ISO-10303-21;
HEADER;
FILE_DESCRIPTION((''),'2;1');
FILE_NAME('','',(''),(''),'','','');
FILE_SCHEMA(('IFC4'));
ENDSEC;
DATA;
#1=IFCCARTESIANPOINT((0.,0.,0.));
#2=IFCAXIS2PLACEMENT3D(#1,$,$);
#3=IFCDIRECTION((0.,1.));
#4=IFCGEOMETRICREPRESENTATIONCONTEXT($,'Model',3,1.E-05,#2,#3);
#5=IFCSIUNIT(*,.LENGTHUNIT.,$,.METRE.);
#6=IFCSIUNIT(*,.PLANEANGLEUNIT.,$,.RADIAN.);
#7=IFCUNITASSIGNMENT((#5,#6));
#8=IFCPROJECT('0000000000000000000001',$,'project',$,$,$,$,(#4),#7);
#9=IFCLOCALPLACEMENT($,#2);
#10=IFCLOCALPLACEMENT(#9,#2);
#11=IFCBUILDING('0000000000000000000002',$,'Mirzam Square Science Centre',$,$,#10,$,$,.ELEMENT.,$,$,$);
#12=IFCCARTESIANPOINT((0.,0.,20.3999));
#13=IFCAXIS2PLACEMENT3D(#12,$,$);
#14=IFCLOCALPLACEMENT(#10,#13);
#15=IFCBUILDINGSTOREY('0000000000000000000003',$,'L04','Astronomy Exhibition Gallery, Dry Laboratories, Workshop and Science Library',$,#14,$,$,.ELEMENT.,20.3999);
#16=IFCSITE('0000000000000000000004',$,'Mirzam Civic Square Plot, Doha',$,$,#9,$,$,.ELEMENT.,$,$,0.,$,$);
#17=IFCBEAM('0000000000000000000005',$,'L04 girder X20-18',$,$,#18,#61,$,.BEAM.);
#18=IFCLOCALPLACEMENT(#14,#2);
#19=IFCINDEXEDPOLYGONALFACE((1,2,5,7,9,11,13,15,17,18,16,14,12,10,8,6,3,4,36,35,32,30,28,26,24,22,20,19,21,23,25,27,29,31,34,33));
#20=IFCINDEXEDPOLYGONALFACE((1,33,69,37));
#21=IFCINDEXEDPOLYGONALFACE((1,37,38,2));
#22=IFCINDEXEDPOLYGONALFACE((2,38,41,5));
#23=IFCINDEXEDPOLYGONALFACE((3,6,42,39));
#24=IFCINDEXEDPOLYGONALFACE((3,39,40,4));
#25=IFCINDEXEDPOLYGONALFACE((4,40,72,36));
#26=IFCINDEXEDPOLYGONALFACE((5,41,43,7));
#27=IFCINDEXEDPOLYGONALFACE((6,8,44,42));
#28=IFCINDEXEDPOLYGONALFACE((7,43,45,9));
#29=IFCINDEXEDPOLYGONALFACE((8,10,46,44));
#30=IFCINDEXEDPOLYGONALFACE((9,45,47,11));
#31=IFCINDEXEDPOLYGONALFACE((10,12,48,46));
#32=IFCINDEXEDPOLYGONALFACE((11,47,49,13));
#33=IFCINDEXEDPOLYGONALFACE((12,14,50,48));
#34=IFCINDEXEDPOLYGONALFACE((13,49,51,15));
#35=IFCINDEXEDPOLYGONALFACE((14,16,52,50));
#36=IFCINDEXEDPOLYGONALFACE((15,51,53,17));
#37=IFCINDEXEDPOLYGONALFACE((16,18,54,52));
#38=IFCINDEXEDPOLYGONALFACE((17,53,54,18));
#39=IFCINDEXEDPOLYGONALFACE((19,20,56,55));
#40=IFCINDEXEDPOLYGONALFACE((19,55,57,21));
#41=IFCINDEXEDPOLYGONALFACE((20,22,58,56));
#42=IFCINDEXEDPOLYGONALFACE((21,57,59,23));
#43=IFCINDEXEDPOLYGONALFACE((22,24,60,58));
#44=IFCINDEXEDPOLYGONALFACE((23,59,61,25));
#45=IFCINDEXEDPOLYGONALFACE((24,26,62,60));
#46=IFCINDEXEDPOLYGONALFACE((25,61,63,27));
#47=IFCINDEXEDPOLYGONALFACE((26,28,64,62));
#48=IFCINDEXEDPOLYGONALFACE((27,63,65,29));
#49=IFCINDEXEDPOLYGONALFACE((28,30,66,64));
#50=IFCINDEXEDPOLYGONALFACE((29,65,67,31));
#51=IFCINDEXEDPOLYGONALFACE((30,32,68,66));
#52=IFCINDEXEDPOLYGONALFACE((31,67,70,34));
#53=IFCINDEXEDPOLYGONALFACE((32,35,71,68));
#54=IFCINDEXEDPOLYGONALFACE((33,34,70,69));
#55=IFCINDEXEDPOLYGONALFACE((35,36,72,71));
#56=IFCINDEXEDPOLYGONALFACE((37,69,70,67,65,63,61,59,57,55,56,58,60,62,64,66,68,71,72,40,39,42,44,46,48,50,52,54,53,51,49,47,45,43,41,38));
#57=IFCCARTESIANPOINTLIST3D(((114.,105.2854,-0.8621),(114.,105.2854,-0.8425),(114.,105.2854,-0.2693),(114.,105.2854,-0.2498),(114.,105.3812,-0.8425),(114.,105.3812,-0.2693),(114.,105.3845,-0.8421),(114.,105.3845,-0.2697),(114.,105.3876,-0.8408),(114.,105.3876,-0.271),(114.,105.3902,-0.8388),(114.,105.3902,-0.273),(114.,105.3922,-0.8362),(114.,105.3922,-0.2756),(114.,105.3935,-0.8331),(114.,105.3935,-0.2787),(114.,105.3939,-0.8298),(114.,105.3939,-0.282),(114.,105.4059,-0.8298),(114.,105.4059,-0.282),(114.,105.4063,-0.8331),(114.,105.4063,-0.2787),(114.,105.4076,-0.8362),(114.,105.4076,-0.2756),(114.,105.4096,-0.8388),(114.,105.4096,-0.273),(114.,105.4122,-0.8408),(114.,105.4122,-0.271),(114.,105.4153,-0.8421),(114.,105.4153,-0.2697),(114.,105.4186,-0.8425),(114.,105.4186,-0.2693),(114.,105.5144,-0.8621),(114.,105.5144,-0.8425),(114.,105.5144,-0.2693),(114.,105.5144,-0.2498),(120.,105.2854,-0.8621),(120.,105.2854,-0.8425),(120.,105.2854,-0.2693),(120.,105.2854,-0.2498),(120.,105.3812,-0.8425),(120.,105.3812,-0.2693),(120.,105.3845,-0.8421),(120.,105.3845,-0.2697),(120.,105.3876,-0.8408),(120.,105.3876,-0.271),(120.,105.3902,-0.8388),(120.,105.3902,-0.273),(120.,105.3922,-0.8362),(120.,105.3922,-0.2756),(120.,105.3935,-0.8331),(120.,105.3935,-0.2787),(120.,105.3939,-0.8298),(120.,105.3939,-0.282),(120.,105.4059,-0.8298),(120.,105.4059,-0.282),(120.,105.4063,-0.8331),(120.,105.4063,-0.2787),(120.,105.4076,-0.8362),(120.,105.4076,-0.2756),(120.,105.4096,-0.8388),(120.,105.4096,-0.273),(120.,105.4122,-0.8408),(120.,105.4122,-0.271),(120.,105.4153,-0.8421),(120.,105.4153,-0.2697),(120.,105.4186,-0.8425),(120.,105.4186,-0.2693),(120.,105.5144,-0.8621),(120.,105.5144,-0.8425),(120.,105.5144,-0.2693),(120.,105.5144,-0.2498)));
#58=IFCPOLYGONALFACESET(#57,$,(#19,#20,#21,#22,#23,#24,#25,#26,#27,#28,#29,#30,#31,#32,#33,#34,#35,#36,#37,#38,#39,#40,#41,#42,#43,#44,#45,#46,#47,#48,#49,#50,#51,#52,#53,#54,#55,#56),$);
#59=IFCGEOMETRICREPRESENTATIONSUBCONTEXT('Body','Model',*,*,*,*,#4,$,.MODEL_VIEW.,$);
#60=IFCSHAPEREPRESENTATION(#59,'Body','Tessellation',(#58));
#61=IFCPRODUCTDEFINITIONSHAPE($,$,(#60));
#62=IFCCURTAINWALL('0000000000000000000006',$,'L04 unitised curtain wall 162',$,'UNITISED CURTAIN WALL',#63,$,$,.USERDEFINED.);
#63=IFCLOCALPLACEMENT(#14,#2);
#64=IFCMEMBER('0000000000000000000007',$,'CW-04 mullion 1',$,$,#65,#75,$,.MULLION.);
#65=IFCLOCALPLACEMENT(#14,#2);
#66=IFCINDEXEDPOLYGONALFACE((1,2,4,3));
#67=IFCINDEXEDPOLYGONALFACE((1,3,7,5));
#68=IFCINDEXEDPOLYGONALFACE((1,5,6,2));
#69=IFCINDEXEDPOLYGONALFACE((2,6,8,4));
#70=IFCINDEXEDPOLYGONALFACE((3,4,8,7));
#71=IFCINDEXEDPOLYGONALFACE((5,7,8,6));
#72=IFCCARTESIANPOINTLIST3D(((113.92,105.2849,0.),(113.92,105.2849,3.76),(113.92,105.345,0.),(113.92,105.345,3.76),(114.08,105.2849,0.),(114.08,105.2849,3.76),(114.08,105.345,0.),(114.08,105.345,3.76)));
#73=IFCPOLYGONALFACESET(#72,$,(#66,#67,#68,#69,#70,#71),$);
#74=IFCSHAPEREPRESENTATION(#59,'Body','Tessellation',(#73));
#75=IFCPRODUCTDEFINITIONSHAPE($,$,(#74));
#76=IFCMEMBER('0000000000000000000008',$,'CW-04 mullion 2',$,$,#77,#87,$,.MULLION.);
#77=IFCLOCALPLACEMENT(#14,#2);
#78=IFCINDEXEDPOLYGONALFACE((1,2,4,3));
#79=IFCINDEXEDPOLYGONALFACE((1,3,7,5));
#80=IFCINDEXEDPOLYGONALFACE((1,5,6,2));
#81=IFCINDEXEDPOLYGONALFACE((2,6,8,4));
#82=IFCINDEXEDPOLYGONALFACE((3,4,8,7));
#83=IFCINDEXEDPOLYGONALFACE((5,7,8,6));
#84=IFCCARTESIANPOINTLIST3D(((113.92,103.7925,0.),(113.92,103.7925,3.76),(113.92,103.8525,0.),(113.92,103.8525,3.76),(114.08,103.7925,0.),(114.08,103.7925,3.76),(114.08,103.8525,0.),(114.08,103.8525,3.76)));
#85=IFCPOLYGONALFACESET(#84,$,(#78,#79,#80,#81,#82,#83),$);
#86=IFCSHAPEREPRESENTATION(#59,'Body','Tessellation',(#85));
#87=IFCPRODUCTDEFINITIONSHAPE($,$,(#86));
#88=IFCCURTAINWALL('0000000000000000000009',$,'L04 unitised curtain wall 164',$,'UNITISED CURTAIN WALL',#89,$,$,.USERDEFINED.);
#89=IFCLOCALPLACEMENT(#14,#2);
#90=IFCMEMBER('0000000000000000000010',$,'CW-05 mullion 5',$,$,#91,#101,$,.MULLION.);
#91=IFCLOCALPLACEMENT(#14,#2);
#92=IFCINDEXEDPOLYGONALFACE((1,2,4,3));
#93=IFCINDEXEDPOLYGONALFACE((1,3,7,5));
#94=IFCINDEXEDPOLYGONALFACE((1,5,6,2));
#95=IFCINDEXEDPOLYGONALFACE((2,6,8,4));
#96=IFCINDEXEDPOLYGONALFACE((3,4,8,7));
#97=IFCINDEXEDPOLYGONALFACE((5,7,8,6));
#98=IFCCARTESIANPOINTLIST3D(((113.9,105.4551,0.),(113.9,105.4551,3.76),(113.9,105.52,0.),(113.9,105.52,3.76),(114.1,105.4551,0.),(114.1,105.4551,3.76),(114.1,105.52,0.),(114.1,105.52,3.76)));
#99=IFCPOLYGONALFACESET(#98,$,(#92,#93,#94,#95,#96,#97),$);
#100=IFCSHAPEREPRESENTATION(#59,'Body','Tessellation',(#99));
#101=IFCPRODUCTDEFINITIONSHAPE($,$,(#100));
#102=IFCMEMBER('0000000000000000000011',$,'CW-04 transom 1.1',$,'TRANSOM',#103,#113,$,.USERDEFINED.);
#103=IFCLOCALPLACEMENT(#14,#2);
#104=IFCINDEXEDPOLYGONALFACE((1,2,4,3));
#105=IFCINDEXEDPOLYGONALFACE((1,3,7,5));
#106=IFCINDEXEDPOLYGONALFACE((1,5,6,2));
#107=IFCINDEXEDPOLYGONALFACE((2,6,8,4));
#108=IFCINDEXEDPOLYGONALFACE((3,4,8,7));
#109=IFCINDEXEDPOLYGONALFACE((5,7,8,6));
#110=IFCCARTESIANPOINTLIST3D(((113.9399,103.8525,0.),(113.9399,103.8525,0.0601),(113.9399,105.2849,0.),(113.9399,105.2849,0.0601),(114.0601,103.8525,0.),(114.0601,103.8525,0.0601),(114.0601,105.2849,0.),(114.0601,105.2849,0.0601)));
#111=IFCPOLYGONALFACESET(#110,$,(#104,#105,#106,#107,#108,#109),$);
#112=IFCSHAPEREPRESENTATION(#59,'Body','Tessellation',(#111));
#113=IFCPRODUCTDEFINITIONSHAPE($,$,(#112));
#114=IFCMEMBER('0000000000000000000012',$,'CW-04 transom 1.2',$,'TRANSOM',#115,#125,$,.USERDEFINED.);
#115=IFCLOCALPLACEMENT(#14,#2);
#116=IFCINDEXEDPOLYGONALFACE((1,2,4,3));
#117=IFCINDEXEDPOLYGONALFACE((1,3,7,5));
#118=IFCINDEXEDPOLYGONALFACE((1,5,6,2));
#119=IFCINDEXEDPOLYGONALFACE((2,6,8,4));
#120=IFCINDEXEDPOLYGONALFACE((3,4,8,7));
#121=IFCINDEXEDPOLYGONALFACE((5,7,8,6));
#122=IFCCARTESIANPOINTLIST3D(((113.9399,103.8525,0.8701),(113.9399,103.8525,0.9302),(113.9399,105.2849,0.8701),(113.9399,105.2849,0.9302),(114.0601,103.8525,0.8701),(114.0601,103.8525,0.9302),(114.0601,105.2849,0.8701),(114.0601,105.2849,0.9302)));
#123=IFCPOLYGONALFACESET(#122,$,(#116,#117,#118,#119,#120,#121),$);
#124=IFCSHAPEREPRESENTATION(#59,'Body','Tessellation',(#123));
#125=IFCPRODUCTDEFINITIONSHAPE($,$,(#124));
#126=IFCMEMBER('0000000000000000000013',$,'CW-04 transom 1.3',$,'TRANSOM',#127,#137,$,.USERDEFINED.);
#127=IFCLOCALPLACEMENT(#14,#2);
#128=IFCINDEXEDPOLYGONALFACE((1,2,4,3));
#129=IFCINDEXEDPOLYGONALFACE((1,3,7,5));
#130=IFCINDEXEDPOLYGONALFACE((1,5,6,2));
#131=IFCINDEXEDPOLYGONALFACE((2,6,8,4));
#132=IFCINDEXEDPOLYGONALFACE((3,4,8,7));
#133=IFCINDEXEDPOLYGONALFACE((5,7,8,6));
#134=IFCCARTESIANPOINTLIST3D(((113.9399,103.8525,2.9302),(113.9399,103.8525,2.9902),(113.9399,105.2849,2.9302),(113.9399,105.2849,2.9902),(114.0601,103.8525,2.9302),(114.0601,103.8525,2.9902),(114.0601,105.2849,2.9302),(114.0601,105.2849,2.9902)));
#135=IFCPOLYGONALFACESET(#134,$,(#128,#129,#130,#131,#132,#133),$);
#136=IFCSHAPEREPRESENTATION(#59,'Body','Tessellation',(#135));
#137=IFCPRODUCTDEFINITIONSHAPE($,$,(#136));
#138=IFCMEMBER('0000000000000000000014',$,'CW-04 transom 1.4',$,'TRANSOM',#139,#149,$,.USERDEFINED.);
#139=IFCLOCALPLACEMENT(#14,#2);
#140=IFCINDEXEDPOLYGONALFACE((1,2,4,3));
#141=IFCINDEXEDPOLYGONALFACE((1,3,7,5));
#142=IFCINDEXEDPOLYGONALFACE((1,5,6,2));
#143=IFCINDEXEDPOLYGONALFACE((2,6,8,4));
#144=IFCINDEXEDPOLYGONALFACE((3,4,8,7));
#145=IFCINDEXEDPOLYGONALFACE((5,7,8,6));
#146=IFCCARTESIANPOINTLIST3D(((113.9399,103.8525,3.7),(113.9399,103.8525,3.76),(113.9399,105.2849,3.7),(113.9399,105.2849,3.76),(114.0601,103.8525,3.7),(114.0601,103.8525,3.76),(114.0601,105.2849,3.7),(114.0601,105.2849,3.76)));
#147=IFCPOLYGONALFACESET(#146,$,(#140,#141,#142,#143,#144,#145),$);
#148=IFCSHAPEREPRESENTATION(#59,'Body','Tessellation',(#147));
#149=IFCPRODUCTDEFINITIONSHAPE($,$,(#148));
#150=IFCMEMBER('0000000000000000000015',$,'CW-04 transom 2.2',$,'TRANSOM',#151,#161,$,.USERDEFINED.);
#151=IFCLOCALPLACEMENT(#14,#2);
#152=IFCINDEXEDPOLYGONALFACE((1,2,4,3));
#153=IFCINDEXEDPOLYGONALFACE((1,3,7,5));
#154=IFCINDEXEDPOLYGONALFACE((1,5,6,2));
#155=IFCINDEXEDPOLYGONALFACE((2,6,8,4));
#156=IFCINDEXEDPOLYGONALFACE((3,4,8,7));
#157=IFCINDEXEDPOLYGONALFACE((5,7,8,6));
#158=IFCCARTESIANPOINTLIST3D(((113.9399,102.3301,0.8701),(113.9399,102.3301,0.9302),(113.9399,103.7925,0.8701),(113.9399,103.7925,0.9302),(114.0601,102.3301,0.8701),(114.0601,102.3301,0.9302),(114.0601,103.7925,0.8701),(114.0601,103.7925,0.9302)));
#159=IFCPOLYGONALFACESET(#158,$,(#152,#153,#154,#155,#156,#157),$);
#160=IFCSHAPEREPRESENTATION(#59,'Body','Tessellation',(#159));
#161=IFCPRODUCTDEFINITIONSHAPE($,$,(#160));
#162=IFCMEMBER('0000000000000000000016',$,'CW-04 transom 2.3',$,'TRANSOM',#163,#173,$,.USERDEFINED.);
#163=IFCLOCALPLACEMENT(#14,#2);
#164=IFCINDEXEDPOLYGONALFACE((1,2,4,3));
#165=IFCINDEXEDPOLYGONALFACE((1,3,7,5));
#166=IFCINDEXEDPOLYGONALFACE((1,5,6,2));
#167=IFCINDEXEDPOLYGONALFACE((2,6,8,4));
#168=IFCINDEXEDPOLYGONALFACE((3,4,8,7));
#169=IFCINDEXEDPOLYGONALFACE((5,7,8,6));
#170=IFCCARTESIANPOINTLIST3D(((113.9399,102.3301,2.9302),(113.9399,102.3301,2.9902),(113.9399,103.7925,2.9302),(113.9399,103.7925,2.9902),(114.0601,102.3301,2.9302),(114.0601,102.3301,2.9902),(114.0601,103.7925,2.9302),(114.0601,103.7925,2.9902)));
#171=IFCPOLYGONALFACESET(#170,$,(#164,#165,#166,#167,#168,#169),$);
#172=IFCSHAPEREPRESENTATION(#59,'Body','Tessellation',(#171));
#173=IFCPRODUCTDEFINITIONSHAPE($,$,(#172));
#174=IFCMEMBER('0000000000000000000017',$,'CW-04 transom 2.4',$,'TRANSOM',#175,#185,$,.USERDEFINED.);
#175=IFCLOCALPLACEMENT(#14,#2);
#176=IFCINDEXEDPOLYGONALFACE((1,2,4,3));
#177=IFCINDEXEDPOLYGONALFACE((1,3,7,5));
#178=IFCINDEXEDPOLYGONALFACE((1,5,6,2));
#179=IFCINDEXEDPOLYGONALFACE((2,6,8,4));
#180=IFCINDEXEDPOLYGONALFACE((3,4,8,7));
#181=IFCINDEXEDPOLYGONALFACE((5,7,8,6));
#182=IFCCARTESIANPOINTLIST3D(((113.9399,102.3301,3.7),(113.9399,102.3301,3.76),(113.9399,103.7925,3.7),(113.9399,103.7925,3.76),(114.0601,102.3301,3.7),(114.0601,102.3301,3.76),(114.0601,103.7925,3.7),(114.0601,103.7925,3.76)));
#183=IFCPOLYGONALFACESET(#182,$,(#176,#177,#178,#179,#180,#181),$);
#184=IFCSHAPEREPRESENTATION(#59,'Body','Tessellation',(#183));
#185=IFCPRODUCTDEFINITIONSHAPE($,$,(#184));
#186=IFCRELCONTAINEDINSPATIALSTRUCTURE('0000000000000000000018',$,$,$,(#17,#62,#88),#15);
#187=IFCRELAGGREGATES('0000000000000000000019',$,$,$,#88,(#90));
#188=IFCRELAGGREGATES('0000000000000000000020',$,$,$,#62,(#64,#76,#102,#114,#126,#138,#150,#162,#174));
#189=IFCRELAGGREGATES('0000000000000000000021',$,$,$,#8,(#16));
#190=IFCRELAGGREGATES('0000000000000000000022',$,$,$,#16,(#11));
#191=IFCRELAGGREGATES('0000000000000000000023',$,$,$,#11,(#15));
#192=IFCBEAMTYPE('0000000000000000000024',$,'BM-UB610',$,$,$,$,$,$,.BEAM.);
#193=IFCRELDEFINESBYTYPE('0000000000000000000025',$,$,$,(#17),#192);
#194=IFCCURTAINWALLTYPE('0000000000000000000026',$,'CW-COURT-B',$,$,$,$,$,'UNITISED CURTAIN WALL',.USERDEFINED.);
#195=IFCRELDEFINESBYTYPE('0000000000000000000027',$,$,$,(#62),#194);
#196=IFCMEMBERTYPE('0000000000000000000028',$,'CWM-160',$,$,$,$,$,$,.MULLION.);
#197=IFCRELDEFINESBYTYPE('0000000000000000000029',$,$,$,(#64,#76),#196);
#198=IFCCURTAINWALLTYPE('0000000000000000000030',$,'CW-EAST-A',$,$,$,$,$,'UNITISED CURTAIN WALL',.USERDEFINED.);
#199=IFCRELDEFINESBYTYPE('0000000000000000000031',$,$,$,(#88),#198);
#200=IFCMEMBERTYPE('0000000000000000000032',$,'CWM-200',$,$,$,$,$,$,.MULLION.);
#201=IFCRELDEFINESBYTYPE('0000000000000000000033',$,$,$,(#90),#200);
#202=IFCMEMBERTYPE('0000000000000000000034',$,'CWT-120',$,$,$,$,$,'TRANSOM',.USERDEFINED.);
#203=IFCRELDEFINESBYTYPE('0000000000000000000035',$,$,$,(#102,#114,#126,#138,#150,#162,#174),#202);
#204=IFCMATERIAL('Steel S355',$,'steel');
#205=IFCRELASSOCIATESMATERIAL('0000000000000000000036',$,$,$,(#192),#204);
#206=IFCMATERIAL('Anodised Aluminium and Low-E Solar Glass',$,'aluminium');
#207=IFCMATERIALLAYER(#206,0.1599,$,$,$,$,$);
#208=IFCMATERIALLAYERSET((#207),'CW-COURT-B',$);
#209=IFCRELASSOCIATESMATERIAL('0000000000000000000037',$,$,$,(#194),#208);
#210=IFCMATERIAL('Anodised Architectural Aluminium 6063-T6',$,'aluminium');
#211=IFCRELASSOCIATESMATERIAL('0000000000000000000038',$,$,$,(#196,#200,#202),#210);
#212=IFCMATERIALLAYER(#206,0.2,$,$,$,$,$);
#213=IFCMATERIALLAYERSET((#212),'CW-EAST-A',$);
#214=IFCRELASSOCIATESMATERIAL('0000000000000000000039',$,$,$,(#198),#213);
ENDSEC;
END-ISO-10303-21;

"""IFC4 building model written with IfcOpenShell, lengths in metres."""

from ifc_helpers import new_model, si_unit, direction, frame, origin, origin_2d, place, context, subcontext, project, spatial, rectangle, i_section, extrude, material, layer, layer_set, material_profile, profile_set, type_object, element, aggregate, save


model = new_model("IFC4")

# Units and contexts
model_context = context("Model", 3, precision=1e-05, world=origin(), true_north=direction((0.0, 1.0)))
body_context = subcontext(model_context, "Body", "Model", "MODEL_VIEW")
ifc_project = project(units=[si_unit("LENGTHUNIT", "METRE"), si_unit("PLANEANGLEUNIT", "RADIAN")], contexts=[model_context])

# Site, building, storey
site_placement = place(None, origin())
site = spatial("IfcSite", under=ifc_project, at=site_placement, Name="Mirzam Civic Square Plot, Doha", CompositionType="ELEMENT", RefElevation=0.0)
building_placement = place(site_placement, origin())
building = spatial("IfcBuilding", under=site, at=building_placement, Name="Mirzam Square Science Centre", CompositionType="ELEMENT")
storey_placement = place(building_placement, frame((0.0, 0.0, 20.3999)))
storey = spatial("IfcBuildingStorey", under=building, at=storey_placement, Name="L04", Description="Astronomy Exhibition Gallery, Dry Laboratories, Workshop and Science Library", CompositionType="ELEMENT", Elevation=20.3999)

# Shared definitions
ifc_material_1 = material(Name="Steel S355", Category="steel")

# Beam
ifc_material_profile_1 = material_profile(ifc_material_1, i_section(OverallWidth=0.229, OverallDepth=0.6123, WebThickness=0.012, FlangeThickness=0.0195, FilletRadius=0.0127, at=origin_2d()), Name="610x229x125UB")
ifc_profile_set_1 = profile_set([ifc_material_profile_1], Name="Steel S355")
beam_type_1 = type_object("IfcBeamType", Name="BM-UB610", PredefinedType="BEAM", material=ifc_profile_set_1)
beam_1_placement = place(storey_placement, frame((114.0, 105.3999, -0.5559), z_axis=(1.0, 0.0, 0.0), x_axis=(0.0, 1.0, 0.0)))
element("IfcBeam", 1, at=beam_1_placement, inside=storey, type_object=beam_type_1, Name="L04 girder X20-18", PredefinedType="BEAM", context=body_context, shape_type="SweptSolid", body=[
    extrude(i_section(OverallWidth=0.229, OverallDepth=0.6123, WebThickness=0.012, FlangeThickness=0.0195, FilletRadius=0.0127, at=origin_2d()), origin(), (0.0, 0.0, 1.0), 6.0),
])

# Curtain wall, members
ifc_material_2 = material(Name="Anodised Aluminium and Low-E Solar Glass", Category="aluminium")
ifc_layer_1 = layer(ifc_material_2, 0.1599)
ifc_layer_set_1 = layer_set([ifc_layer_1], Name="CW-COURT-B")
curtain_wall_type_1 = type_object("IfcCurtainWallType", Name="CW-COURT-B", ElementType="UNITISED CURTAIN WALL", PredefinedType="USERDEFINED", material=ifc_layer_set_1)
curtain_wall_1_placement = place(storey_placement, origin())
curtain_wall_1 = element("IfcCurtainWall", 2, at=curtain_wall_1_placement, inside=storey, type_object=curtain_wall_type_1, Name="L04 unitised curtain wall 162", ObjectType="UNITISED CURTAIN WALL", PredefinedType="USERDEFINED")
ifc_material_3 = material(Name="Anodised Architectural Aluminium 6063-T6", Category="aluminium")
ifc_material_profile_2 = material_profile(ifc_material_3, rectangle(XDim=0.0601, YDim=0.1599, at=origin_2d()), Name="ALU-MULL-160x60x4")
ifc_profile_set_2 = profile_set([ifc_material_profile_2], Name="Anodised Architectural Aluminium 6063-T6")
member_type_1 = type_object("IfcMemberType", Name="CWM-160", PredefinedType="MULLION", material=ifc_profile_set_2)
member_1_placement = place(storey_placement, frame((114.0, 105.3149, 0.0), z_axis=(0.0, 0.0, 1.0), x_axis=(0.0, -1.0, 0.0)))
member_1 = element("IfcMember", 3, at=member_1_placement, type_object=member_type_1, Name="CW-04 mullion 1", PredefinedType="MULLION", context=body_context, shape_type="SweptSolid", body=[
    extrude(rectangle(XDim=0.0601, YDim=0.1599, at=origin_2d()), origin(), (0.0, 0.0, 1.0), 3.76),
])
member_2_placement = place(storey_placement, frame((114.0, 103.8225, 0.0), z_axis=(0.0, 0.0, 1.0), x_axis=(0.0, -1.0, 0.0)))
member_2 = element("IfcMember", 4, at=member_2_placement, type_object=member_type_1, Name="CW-04 mullion 2", PredefinedType="MULLION", context=body_context, shape_type="SweptSolid", body=[
    extrude(rectangle(XDim=0.0601, YDim=0.1599, at=origin_2d()), origin(), (0.0, 0.0, 1.0), 3.76),
])

# Curtain wall, member
ifc_layer_2 = layer(ifc_material_2, 0.2)
ifc_layer_set_2 = layer_set([ifc_layer_2], Name="CW-EAST-A")
curtain_wall_type_2 = type_object("IfcCurtainWallType", Name="CW-EAST-A", ElementType="UNITISED CURTAIN WALL", PredefinedType="USERDEFINED", material=ifc_layer_set_2)
curtain_wall_2_placement = place(storey_placement, origin())
curtain_wall_2 = element("IfcCurtainWall", 5, at=curtain_wall_2_placement, inside=storey, type_object=curtain_wall_type_2, Name="L04 unitised curtain wall 164", ObjectType="UNITISED CURTAIN WALL", PredefinedType="USERDEFINED")
ifc_material_profile_3 = material_profile(ifc_material_3, rectangle(XDim=0.0649, YDim=0.2, at=origin_2d()), Name="ALU-MULL-200x65x5")
ifc_profile_set_3 = profile_set([ifc_material_profile_3], Name="Anodised Architectural Aluminium 6063-T6")
member_type_2 = type_object("IfcMemberType", Name="CWM-200", PredefinedType="MULLION", material=ifc_profile_set_3)
member_3_placement = place(storey_placement, frame((114.0, 105.4875, 0.0), z_axis=(0.0, 0.0, 1.0), x_axis=(0.0, -1.0, 0.0)))
member_3 = element("IfcMember", 6, at=member_3_placement, type_object=member_type_2, Name="CW-05 mullion 5", PredefinedType="MULLION", context=body_context, shape_type="SweptSolid", body=[
    extrude(rectangle(XDim=0.0649, YDim=0.2, at=origin_2d()), origin(), (0.0, 0.0, 1.0), 3.76),
])
aggregate(curtain_wall_2, [member_3])

# Members
ifc_material_profile_4 = material_profile(ifc_material_3, rectangle(XDim=0.1201, YDim=0.0601, at=origin_2d()), Name="ALU-TRAN-120x60x4")
ifc_profile_set_4 = profile_set([ifc_material_profile_4], Name="Anodised Architectural Aluminium 6063-T6")
member_type_3 = type_object("IfcMemberType", Name="CWT-120", ElementType="TRANSOM", PredefinedType="USERDEFINED", material=ifc_profile_set_4)
member_4_placement = place(storey_placement, frame((114.0, 105.2849, 0.03), z_axis=(0.0, -1.0, 0.0), x_axis=(1.0, 0.0, 0.0)))
member_4 = element("IfcMember", 7, at=member_4_placement, type_object=member_type_3, Name="CW-04 transom 1.1", ObjectType="TRANSOM", PredefinedType="USERDEFINED", context=body_context, shape_type="SweptSolid", body=[
    extrude(rectangle(XDim=0.1201, YDim=0.0601, at=origin_2d()), origin(), (0.0, 0.0, 1.0), 1.4324),
])
member_5_placement = place(storey_placement, frame((114.0, 105.2849, 0.9001), z_axis=(0.0, -1.0, 0.0), x_axis=(1.0, 0.0, 0.0)))
member_5 = element("IfcMember", 8, at=member_5_placement, type_object=member_type_3, Name="CW-04 transom 1.2", ObjectType="TRANSOM", PredefinedType="USERDEFINED", context=body_context, shape_type="SweptSolid", body=[
    extrude(rectangle(XDim=0.1201, YDim=0.0601, at=origin_2d()), origin(), (0.0, 0.0, 1.0), 1.4324),
])
member_6_placement = place(storey_placement, frame((114.0, 105.2849, 2.9602), z_axis=(0.0, -1.0, 0.0), x_axis=(1.0, 0.0, 0.0)))
member_6 = element("IfcMember", 9, at=member_6_placement, type_object=member_type_3, Name="CW-04 transom 1.3", ObjectType="TRANSOM", PredefinedType="USERDEFINED", context=body_context, shape_type="SweptSolid", body=[
    extrude(rectangle(XDim=0.1201, YDim=0.0601, at=origin_2d()), origin(), (0.0, 0.0, 1.0), 1.4324),
])
member_7_placement = place(storey_placement, frame((114.0, 105.2849, 3.73), z_axis=(0.0, -1.0, 0.0), x_axis=(1.0, 0.0, 0.0)))
member_7 = element("IfcMember", 10, at=member_7_placement, type_object=member_type_3, Name="CW-04 transom 1.4", ObjectType="TRANSOM", PredefinedType="USERDEFINED", context=body_context, shape_type="SweptSolid", body=[
    extrude(rectangle(XDim=0.1201, YDim=0.0601, at=origin_2d()), origin(), (0.0, 0.0, 1.0), 1.4324),
])
member_8_placement = place(storey_placement, frame((114.0, 103.7925, 0.9001), z_axis=(0.0, -1.0, 0.0), x_axis=(1.0, 0.0, 0.0)))
member_8 = element("IfcMember", 11, at=member_8_placement, type_object=member_type_3, Name="CW-04 transom 2.2", ObjectType="TRANSOM", PredefinedType="USERDEFINED", context=body_context, shape_type="SweptSolid", body=[
    extrude(rectangle(XDim=0.1201, YDim=0.0601, at=origin_2d()), origin(), (0.0, 0.0, 1.0), 1.4624),
])
member_9_placement = place(storey_placement, frame((114.0, 103.7925, 2.9602), z_axis=(0.0, -1.0, 0.0), x_axis=(1.0, 0.0, 0.0)))
member_9 = element("IfcMember", 12, at=member_9_placement, type_object=member_type_3, Name="CW-04 transom 2.3", ObjectType="TRANSOM", PredefinedType="USERDEFINED", context=body_context, shape_type="SweptSolid", body=[
    extrude(rectangle(XDim=0.1201, YDim=0.0601, at=origin_2d()), origin(), (0.0, 0.0, 1.0), 1.4624),
])
member_10_placement = place(storey_placement, frame((114.0, 103.7925, 3.73), z_axis=(0.0, -1.0, 0.0), x_axis=(1.0, 0.0, 0.0)))
member_10 = element("IfcMember", 13, at=member_10_placement, type_object=member_type_3, Name="CW-04 transom 2.4", ObjectType="TRANSOM", PredefinedType="USERDEFINED", context=body_context, shape_type="SweptSolid", body=[
    extrude(rectangle(XDim=0.1201, YDim=0.0601, at=origin_2d()), origin(), (0.0, 0.0, 1.0), 1.4624),
])

aggregate(curtain_wall_1, [member_1, member_2, member_4, member_5, member_6, member_7, member_8, member_9, member_10])

save(model, "model.ifc")
